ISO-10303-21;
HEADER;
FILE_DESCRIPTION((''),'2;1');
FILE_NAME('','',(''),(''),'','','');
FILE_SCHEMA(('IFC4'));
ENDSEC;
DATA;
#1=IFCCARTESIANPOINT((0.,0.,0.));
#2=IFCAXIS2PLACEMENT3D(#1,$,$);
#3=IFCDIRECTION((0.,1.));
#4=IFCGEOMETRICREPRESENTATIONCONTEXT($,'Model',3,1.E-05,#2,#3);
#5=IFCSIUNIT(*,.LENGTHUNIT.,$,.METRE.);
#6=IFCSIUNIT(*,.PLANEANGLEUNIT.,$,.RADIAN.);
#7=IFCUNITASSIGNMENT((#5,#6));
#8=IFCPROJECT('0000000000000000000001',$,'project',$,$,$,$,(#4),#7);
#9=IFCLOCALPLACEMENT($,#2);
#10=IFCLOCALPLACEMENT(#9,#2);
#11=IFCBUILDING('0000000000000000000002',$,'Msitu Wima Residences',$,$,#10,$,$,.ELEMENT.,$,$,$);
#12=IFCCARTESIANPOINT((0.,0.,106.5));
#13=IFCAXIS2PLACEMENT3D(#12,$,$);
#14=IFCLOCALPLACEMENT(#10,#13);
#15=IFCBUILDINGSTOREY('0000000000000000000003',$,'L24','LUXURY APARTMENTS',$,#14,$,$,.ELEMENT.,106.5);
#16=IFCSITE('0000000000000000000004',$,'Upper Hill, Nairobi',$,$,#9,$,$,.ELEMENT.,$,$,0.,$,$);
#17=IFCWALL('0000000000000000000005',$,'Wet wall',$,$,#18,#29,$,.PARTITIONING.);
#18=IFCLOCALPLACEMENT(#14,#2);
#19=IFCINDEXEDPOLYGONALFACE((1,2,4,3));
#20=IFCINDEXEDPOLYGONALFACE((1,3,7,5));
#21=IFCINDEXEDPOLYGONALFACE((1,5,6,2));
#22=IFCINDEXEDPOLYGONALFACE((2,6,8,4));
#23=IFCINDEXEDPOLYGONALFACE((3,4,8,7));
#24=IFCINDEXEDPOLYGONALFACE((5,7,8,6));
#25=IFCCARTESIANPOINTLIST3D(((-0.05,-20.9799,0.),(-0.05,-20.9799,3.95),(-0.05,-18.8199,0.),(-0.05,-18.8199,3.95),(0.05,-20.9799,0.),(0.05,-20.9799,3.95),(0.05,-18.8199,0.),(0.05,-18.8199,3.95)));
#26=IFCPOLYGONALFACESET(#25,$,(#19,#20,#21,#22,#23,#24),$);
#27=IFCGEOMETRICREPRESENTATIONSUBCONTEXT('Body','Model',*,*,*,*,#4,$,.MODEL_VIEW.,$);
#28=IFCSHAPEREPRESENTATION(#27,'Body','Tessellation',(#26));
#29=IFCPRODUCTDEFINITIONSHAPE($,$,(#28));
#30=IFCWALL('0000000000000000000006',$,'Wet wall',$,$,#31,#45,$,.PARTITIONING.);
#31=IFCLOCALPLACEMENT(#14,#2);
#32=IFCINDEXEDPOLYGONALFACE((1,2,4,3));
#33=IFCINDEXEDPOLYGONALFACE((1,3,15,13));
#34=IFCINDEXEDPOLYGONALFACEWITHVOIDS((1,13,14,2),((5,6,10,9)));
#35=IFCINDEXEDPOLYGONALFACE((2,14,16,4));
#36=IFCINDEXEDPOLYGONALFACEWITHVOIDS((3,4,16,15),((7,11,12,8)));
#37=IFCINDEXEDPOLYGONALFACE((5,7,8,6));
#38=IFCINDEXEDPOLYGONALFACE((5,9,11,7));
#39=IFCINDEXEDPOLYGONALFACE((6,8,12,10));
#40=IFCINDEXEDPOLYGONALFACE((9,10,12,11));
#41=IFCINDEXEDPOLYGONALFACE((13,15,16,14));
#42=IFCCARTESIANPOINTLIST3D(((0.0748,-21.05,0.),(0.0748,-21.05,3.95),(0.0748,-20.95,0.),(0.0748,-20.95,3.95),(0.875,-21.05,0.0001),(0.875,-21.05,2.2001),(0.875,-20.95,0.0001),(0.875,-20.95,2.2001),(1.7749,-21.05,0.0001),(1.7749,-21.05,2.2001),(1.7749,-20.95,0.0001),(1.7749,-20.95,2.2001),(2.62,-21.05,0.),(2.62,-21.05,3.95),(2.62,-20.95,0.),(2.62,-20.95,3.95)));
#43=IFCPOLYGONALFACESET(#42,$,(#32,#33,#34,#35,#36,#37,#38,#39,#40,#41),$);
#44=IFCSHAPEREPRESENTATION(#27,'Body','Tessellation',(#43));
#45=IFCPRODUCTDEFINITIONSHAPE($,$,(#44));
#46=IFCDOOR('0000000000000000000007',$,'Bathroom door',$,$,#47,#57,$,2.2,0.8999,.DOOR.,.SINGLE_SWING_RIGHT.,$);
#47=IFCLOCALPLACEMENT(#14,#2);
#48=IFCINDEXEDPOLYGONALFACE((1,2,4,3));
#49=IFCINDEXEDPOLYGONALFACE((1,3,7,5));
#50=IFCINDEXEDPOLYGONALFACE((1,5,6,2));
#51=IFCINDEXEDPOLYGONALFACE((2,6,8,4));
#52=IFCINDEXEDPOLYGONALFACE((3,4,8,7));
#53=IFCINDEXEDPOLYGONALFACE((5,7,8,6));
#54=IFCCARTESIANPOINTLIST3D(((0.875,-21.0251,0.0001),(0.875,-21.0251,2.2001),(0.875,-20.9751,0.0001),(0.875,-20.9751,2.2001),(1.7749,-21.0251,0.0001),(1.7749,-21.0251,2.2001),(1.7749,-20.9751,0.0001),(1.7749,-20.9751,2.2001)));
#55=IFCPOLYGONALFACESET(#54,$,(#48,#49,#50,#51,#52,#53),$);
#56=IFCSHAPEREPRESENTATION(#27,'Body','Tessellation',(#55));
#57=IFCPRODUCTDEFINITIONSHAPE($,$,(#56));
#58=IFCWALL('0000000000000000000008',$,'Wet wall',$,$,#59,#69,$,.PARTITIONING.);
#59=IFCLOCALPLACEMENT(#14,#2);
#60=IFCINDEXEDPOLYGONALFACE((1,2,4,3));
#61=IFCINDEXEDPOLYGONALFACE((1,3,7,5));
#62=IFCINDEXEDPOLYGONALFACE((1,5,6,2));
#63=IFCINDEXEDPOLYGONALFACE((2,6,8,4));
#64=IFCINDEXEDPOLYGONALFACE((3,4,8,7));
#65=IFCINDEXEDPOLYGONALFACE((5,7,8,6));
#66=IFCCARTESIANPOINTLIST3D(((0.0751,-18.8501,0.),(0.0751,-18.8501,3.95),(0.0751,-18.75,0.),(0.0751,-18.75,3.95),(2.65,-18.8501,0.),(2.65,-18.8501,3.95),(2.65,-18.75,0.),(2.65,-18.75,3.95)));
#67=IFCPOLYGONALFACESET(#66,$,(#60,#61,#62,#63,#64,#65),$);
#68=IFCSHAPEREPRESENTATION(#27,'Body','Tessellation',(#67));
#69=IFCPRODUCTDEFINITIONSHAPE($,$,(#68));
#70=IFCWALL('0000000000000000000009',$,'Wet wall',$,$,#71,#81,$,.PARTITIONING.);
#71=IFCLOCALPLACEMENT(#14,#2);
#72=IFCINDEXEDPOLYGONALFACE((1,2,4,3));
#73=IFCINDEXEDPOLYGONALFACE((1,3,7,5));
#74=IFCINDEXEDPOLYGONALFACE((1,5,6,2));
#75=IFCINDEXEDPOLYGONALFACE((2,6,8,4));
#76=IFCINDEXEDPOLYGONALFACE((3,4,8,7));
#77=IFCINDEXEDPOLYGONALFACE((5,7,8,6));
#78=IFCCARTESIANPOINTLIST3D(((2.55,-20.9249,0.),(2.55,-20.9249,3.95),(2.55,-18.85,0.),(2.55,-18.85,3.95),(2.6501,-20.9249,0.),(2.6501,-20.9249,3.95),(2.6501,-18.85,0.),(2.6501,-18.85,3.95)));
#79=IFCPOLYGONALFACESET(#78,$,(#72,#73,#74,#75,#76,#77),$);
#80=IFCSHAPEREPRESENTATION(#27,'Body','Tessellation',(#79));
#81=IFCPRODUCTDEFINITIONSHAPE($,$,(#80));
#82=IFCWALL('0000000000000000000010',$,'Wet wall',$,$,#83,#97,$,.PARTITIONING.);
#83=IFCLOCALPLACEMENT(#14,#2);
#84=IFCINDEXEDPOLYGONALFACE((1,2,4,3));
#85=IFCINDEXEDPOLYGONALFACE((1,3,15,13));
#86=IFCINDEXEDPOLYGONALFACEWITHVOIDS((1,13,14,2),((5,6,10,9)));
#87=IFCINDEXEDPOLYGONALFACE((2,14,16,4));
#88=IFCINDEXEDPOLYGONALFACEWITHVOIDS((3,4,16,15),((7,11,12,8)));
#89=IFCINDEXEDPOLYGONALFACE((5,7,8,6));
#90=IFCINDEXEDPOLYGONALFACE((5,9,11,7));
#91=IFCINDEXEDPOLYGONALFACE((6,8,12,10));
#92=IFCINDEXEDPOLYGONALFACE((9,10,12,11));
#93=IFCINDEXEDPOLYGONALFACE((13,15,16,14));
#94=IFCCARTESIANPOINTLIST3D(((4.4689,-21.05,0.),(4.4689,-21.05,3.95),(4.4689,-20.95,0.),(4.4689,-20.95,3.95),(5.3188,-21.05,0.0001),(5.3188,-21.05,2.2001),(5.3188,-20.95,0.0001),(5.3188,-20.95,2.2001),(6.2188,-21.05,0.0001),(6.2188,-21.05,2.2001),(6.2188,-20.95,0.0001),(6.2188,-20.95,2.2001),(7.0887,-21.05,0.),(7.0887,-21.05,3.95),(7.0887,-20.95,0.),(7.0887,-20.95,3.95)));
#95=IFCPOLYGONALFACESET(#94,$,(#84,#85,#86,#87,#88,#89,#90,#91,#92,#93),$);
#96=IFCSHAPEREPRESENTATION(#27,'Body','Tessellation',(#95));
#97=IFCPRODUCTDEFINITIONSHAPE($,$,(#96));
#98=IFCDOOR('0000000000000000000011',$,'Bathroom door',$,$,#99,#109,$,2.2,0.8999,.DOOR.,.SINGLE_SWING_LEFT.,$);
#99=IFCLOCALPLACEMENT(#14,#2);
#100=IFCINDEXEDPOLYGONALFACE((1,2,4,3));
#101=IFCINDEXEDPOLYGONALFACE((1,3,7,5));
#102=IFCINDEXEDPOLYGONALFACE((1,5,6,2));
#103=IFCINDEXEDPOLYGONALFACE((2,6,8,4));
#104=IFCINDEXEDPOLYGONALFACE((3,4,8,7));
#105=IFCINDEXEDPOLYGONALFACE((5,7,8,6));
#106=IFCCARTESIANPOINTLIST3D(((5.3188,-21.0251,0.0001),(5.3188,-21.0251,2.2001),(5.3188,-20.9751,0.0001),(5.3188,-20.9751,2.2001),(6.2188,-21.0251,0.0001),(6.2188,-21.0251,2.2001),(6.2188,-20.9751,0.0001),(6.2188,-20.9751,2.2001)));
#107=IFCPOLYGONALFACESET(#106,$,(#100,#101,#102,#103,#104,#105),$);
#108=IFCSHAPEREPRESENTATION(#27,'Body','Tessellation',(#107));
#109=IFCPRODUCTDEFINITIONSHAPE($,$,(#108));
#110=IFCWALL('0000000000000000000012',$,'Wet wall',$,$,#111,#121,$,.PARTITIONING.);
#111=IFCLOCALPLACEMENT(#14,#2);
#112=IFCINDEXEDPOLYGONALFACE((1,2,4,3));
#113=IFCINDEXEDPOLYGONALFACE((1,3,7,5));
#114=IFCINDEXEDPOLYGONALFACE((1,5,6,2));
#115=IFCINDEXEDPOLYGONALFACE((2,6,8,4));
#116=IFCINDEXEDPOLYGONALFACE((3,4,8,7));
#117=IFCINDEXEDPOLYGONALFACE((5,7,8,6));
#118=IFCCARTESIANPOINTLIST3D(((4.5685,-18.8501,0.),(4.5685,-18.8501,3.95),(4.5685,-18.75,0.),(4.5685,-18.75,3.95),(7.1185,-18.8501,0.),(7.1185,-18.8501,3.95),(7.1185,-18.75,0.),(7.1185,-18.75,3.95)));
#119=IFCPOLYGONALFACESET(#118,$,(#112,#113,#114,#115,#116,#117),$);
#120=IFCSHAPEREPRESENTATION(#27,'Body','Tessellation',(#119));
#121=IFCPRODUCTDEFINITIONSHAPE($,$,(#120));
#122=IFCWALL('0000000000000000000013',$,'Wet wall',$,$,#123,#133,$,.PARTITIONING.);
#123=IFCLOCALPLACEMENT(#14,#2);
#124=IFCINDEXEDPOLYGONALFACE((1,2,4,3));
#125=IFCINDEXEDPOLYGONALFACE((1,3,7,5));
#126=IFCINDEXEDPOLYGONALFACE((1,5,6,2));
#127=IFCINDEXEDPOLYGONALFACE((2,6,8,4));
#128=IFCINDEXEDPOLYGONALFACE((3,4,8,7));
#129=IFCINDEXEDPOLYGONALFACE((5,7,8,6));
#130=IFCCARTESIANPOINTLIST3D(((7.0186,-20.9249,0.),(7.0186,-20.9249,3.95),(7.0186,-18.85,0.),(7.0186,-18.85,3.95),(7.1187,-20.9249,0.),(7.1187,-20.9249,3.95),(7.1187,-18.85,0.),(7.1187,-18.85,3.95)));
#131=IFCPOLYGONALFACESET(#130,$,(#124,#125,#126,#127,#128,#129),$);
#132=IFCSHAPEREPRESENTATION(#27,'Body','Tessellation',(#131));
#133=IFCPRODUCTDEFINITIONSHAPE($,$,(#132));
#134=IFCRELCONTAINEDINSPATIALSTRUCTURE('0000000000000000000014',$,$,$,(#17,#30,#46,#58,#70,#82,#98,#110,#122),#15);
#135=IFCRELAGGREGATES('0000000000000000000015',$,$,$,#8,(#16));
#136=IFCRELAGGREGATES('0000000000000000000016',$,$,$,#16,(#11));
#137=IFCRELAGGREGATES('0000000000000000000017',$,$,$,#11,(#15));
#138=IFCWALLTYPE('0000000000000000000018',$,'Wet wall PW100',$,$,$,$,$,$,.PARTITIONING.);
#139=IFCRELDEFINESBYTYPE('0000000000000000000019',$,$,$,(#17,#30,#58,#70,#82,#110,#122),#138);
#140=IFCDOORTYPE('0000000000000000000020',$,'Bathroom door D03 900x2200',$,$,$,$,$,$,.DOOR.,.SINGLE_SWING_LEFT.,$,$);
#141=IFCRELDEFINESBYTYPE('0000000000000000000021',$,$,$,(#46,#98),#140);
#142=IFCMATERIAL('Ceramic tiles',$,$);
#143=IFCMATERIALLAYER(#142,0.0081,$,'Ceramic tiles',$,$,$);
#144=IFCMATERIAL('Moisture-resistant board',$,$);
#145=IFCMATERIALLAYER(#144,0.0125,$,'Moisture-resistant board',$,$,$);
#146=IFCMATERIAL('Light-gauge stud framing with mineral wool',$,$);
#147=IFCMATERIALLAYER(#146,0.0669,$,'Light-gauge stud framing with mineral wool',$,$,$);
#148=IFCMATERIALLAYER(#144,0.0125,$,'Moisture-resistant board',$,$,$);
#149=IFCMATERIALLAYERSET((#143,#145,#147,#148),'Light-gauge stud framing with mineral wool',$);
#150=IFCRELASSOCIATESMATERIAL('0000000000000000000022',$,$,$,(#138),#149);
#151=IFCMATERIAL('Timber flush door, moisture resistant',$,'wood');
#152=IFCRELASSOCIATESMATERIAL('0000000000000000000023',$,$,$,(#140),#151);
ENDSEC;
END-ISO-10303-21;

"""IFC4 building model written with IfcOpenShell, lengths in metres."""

from ifc_helpers import new_model, si_unit, direction, frame, frame_2d, origin, place, context, subcontext, project, spatial, rectangle, extrude, material, layer, layer_set, type_object, element, fill, save


model = new_model("IFC4")

# Units and contexts
model_context = context("Model", 3, precision=1e-05, world=origin(), true_north=direction((0.0, 1.0)))
body_context = subcontext(model_context, "Body", "Model", "MODEL_VIEW")
ifc_project = project(units=[si_unit("LENGTHUNIT", "METRE"), si_unit("PLANEANGLEUNIT", "RADIAN")], contexts=[model_context])

# Site, building, storey
site_placement = place(None, origin())
site = spatial("IfcSite", under=ifc_project, at=site_placement, Name="Upper Hill, Nairobi", CompositionType="ELEMENT", RefElevation=0.0)
building_placement = place(site_placement, origin())
building = spatial("IfcBuilding", under=site, at=building_placement, Name="Msitu Wima Residences", CompositionType="ELEMENT")
storey_placement = place(building_placement, frame((0.0, 0.0, 106.5)))
storey = spatial("IfcBuildingStorey", under=building, at=storey_placement, Name="L24", Description="LUXURY APARTMENTS", CompositionType="ELEMENT", Elevation=106.5)

# Wall
ifc_material_1 = material(Name="Ceramic tiles")
ifc_layer_1 = layer(ifc_material_1, 0.0081, Name="Ceramic tiles")
ifc_material_2 = material(Name="Moisture-resistant board")
ifc_layer_2 = layer(ifc_material_2, 0.0125, Name="Moisture-resistant board")
ifc_material_3 = material(Name="Light-gauge stud framing with mineral wool")
ifc_layer_3 = layer(ifc_material_3, 0.0669, Name="Light-gauge stud framing with mineral wool")
ifc_layer_4 = layer(ifc_material_2, 0.0125, Name="Moisture-resistant board")
ifc_layer_set_1 = layer_set([ifc_layer_1, ifc_layer_2, ifc_layer_3, ifc_layer_4], Name="Light-gauge stud framing with mineral wool")
wall_type_1 = type_object("IfcWallType", Name="Wet wall PW100", PredefinedType="PARTITIONING", material=ifc_layer_set_1)
wall_1_placement = place(storey_placement, frame((0.0, -20.98, 0.0), z_axis=(0.0, 0.0, 1.0), x_axis=(0.0, 1.0, 0.0)))
element("IfcWall", 1, at=wall_1_placement, inside=storey, type_object=wall_type_1, Name="Wet wall", PredefinedType="PARTITIONING", context=body_context, shape_type="SweptSolid", body=[
    extrude(rectangle(XDim=2.1599, YDim=0.1001, at=frame_2d((1.0801, 0.0))), origin(), (0.0, 0.0, 1.0), 3.95),
])

# Wall, opening, door
wall_2_placement = place(storey_placement, frame((0.075, -21.0, 0.0), z_axis=(0.0, 0.0, 1.0), x_axis=(1.0, 0.0, 0.0)))
wall_2 = element("IfcWall", 2, at=wall_2_placement, inside=storey, type_object=wall_type_1, Name="Wet wall", PredefinedType="PARTITIONING", context=body_context, shape_type="SweptSolid", body=[
    extrude(rectangle(XDim=2.5452, YDim=0.1001, at=frame_2d((1.2725, 0.0))), origin(), (0.0, 0.0, 1.0), 3.95),
])
opening_1_placement = place(wall_2_placement, frame((0.8, 0.0, 0.0)))
opening_1 = element("IfcOpeningElement", 3, at=opening_1_placement, cuts=wall_2, PredefinedType="OPENING", context=body_context, shape_type="SweptSolid", body=[
    extrude(rectangle(XDim=0.8999, YDim=2.2, at=frame_2d((0.45, 1.1001))), frame((0.0, 0.0601, 0.0), z_axis=(0.0, -1.0, 0.0), x_axis=(1.0, 0.0, 0.0)), (0.0, 0.0, 1.0), 0.1201),
])
ifc_material_4 = material(Name="Timber flush door, moisture resistant", Category="wood")
door_type_1 = type_object("IfcDoorType", Name="Bathroom door D03 900x2200", OperationType="SINGLE_SWING_LEFT", PredefinedType="DOOR", material=ifc_material_4)
door_1_placement = place(opening_1_placement, origin())
door_1 = element("IfcDoor", 4, at=door_1_placement, inside=storey, type_object=door_type_1, Name="Bathroom door", OperationType="SINGLE_SWING_RIGHT", OverallHeight=2.2, OverallWidth=0.8999, PredefinedType="DOOR", context=body_context, shape_type="SweptSolid", body=[
    extrude(rectangle(XDim=0.8999, YDim=2.2, at=frame_2d((0.45, 1.1001))), frame((0.0, 0.0249, 0.0), z_axis=(0.0, -1.0, 0.0), x_axis=(1.0, 0.0, 0.0)), (0.0, 0.0, 1.0), 0.05),
])
fill(opening_1, door_1)

# Walls
wall_3_placement = place(storey_placement, frame((0.075, -18.8, 0.0), z_axis=(0.0, 0.0, 1.0), x_axis=(1.0, 0.0, 0.0)))
element("IfcWall", 5, at=wall_3_placement, inside=storey, type_object=wall_type_1, Name="Wet wall", PredefinedType="PARTITIONING", context=body_context, shape_type="SweptSolid", body=[
    extrude(rectangle(XDim=2.575, YDim=0.1001, at=frame_2d((1.2876, 0.0))), origin(), (0.0, 0.0, 1.0), 3.95),
])
wall_4_placement = place(storey_placement, frame((2.6001, -20.925, 0.0), z_axis=(0.0, 0.0, 1.0), x_axis=(0.0, 1.0, 0.0)))
element("IfcWall", 6, at=wall_4_placement, inside=storey, type_object=wall_type_1, Name="Wet wall", PredefinedType="PARTITIONING", context=body_context, shape_type="SweptSolid", body=[
    extrude(rectangle(XDim=2.075, YDim=0.1001, at=frame_2d((1.0376, 0.0))), origin(), (0.0, 0.0, 1.0), 3.95),
])

# Wall, opening, door
wall_5_placement = place(storey_placement, frame((4.4688, -21.0, 0.0), z_axis=(0.0, 0.0, 1.0), x_axis=(1.0, 0.0, 0.0)))
wall_5 = element("IfcWall", 7, at=wall_5_placement, inside=storey, type_object=wall_type_1, Name="Wet wall", PredefinedType="PARTITIONING", context=body_context, shape_type="SweptSolid", body=[
    extrude(rectangle(XDim=2.6199, YDim=0.1001, at=frame_2d((1.3101, 0.0))), origin(), (0.0, 0.0, 1.0), 3.95),
])
opening_2_placement = place(wall_5_placement, frame((0.8501, 0.0, 0.0)))
opening_2 = element("IfcOpeningElement", 8, at=opening_2_placement, cuts=wall_5, PredefinedType="OPENING", context=body_context, shape_type="SweptSolid", body=[
    extrude(rectangle(XDim=0.8999, YDim=2.2, at=frame_2d((0.45, 1.1001))), frame((0.0, 0.0601, 0.0), z_axis=(0.0, -1.0, 0.0), x_axis=(1.0, 0.0, 0.0)), (0.0, 0.0, 1.0), 0.1201),
])
door_2_placement = place(opening_2_placement, origin())
door_2 = element("IfcDoor", 9, at=door_2_placement, inside=storey, type_object=door_type_1, Name="Bathroom door", OperationType="SINGLE_SWING_LEFT", OverallHeight=2.2, OverallWidth=0.8999, PredefinedType="DOOR", context=body_context, shape_type="SweptSolid", body=[
    extrude(rectangle(XDim=0.8999, YDim=2.2, at=frame_2d((0.45, 1.1001))), frame((0.0, 0.0249, 0.0), z_axis=(0.0, -1.0, 0.0), x_axis=(1.0, 0.0, 0.0)), (0.0, 0.0, 1.0), 0.05),
])
fill(opening_2, door_2)

# Walls
wall_6_placement = place(storey_placement, frame((4.5686, -18.8, 0.0), z_axis=(0.0, 0.0, 1.0), x_axis=(1.0, 0.0, 0.0)))
element("IfcWall", 10, at=wall_6_placement, inside=storey, type_object=wall_type_1, Name="Wet wall", PredefinedType="PARTITIONING", context=body_context, shape_type="SweptSolid", body=[
    extrude(rectangle(XDim=2.55, YDim=0.1001, at=frame_2d((1.2749, 0.0))), origin(), (0.0, 0.0, 1.0), 3.95),
])
wall_7_placement = place(storey_placement, frame((7.0686, -20.925, 0.0), z_axis=(0.0, 0.0, 1.0), x_axis=(0.0, 1.0, 0.0)))
element("IfcWall", 11, at=wall_7_placement, inside=storey, type_object=wall_type_1, Name="Wet wall", PredefinedType="PARTITIONING", context=body_context, shape_type="SweptSolid", body=[
    extrude(rectangle(XDim=2.075, YDim=0.1001, at=frame_2d((1.0376, 0.0))), origin(), (0.0, 0.0, 1.0), 3.95),
])

save(model, "model.ifc")
